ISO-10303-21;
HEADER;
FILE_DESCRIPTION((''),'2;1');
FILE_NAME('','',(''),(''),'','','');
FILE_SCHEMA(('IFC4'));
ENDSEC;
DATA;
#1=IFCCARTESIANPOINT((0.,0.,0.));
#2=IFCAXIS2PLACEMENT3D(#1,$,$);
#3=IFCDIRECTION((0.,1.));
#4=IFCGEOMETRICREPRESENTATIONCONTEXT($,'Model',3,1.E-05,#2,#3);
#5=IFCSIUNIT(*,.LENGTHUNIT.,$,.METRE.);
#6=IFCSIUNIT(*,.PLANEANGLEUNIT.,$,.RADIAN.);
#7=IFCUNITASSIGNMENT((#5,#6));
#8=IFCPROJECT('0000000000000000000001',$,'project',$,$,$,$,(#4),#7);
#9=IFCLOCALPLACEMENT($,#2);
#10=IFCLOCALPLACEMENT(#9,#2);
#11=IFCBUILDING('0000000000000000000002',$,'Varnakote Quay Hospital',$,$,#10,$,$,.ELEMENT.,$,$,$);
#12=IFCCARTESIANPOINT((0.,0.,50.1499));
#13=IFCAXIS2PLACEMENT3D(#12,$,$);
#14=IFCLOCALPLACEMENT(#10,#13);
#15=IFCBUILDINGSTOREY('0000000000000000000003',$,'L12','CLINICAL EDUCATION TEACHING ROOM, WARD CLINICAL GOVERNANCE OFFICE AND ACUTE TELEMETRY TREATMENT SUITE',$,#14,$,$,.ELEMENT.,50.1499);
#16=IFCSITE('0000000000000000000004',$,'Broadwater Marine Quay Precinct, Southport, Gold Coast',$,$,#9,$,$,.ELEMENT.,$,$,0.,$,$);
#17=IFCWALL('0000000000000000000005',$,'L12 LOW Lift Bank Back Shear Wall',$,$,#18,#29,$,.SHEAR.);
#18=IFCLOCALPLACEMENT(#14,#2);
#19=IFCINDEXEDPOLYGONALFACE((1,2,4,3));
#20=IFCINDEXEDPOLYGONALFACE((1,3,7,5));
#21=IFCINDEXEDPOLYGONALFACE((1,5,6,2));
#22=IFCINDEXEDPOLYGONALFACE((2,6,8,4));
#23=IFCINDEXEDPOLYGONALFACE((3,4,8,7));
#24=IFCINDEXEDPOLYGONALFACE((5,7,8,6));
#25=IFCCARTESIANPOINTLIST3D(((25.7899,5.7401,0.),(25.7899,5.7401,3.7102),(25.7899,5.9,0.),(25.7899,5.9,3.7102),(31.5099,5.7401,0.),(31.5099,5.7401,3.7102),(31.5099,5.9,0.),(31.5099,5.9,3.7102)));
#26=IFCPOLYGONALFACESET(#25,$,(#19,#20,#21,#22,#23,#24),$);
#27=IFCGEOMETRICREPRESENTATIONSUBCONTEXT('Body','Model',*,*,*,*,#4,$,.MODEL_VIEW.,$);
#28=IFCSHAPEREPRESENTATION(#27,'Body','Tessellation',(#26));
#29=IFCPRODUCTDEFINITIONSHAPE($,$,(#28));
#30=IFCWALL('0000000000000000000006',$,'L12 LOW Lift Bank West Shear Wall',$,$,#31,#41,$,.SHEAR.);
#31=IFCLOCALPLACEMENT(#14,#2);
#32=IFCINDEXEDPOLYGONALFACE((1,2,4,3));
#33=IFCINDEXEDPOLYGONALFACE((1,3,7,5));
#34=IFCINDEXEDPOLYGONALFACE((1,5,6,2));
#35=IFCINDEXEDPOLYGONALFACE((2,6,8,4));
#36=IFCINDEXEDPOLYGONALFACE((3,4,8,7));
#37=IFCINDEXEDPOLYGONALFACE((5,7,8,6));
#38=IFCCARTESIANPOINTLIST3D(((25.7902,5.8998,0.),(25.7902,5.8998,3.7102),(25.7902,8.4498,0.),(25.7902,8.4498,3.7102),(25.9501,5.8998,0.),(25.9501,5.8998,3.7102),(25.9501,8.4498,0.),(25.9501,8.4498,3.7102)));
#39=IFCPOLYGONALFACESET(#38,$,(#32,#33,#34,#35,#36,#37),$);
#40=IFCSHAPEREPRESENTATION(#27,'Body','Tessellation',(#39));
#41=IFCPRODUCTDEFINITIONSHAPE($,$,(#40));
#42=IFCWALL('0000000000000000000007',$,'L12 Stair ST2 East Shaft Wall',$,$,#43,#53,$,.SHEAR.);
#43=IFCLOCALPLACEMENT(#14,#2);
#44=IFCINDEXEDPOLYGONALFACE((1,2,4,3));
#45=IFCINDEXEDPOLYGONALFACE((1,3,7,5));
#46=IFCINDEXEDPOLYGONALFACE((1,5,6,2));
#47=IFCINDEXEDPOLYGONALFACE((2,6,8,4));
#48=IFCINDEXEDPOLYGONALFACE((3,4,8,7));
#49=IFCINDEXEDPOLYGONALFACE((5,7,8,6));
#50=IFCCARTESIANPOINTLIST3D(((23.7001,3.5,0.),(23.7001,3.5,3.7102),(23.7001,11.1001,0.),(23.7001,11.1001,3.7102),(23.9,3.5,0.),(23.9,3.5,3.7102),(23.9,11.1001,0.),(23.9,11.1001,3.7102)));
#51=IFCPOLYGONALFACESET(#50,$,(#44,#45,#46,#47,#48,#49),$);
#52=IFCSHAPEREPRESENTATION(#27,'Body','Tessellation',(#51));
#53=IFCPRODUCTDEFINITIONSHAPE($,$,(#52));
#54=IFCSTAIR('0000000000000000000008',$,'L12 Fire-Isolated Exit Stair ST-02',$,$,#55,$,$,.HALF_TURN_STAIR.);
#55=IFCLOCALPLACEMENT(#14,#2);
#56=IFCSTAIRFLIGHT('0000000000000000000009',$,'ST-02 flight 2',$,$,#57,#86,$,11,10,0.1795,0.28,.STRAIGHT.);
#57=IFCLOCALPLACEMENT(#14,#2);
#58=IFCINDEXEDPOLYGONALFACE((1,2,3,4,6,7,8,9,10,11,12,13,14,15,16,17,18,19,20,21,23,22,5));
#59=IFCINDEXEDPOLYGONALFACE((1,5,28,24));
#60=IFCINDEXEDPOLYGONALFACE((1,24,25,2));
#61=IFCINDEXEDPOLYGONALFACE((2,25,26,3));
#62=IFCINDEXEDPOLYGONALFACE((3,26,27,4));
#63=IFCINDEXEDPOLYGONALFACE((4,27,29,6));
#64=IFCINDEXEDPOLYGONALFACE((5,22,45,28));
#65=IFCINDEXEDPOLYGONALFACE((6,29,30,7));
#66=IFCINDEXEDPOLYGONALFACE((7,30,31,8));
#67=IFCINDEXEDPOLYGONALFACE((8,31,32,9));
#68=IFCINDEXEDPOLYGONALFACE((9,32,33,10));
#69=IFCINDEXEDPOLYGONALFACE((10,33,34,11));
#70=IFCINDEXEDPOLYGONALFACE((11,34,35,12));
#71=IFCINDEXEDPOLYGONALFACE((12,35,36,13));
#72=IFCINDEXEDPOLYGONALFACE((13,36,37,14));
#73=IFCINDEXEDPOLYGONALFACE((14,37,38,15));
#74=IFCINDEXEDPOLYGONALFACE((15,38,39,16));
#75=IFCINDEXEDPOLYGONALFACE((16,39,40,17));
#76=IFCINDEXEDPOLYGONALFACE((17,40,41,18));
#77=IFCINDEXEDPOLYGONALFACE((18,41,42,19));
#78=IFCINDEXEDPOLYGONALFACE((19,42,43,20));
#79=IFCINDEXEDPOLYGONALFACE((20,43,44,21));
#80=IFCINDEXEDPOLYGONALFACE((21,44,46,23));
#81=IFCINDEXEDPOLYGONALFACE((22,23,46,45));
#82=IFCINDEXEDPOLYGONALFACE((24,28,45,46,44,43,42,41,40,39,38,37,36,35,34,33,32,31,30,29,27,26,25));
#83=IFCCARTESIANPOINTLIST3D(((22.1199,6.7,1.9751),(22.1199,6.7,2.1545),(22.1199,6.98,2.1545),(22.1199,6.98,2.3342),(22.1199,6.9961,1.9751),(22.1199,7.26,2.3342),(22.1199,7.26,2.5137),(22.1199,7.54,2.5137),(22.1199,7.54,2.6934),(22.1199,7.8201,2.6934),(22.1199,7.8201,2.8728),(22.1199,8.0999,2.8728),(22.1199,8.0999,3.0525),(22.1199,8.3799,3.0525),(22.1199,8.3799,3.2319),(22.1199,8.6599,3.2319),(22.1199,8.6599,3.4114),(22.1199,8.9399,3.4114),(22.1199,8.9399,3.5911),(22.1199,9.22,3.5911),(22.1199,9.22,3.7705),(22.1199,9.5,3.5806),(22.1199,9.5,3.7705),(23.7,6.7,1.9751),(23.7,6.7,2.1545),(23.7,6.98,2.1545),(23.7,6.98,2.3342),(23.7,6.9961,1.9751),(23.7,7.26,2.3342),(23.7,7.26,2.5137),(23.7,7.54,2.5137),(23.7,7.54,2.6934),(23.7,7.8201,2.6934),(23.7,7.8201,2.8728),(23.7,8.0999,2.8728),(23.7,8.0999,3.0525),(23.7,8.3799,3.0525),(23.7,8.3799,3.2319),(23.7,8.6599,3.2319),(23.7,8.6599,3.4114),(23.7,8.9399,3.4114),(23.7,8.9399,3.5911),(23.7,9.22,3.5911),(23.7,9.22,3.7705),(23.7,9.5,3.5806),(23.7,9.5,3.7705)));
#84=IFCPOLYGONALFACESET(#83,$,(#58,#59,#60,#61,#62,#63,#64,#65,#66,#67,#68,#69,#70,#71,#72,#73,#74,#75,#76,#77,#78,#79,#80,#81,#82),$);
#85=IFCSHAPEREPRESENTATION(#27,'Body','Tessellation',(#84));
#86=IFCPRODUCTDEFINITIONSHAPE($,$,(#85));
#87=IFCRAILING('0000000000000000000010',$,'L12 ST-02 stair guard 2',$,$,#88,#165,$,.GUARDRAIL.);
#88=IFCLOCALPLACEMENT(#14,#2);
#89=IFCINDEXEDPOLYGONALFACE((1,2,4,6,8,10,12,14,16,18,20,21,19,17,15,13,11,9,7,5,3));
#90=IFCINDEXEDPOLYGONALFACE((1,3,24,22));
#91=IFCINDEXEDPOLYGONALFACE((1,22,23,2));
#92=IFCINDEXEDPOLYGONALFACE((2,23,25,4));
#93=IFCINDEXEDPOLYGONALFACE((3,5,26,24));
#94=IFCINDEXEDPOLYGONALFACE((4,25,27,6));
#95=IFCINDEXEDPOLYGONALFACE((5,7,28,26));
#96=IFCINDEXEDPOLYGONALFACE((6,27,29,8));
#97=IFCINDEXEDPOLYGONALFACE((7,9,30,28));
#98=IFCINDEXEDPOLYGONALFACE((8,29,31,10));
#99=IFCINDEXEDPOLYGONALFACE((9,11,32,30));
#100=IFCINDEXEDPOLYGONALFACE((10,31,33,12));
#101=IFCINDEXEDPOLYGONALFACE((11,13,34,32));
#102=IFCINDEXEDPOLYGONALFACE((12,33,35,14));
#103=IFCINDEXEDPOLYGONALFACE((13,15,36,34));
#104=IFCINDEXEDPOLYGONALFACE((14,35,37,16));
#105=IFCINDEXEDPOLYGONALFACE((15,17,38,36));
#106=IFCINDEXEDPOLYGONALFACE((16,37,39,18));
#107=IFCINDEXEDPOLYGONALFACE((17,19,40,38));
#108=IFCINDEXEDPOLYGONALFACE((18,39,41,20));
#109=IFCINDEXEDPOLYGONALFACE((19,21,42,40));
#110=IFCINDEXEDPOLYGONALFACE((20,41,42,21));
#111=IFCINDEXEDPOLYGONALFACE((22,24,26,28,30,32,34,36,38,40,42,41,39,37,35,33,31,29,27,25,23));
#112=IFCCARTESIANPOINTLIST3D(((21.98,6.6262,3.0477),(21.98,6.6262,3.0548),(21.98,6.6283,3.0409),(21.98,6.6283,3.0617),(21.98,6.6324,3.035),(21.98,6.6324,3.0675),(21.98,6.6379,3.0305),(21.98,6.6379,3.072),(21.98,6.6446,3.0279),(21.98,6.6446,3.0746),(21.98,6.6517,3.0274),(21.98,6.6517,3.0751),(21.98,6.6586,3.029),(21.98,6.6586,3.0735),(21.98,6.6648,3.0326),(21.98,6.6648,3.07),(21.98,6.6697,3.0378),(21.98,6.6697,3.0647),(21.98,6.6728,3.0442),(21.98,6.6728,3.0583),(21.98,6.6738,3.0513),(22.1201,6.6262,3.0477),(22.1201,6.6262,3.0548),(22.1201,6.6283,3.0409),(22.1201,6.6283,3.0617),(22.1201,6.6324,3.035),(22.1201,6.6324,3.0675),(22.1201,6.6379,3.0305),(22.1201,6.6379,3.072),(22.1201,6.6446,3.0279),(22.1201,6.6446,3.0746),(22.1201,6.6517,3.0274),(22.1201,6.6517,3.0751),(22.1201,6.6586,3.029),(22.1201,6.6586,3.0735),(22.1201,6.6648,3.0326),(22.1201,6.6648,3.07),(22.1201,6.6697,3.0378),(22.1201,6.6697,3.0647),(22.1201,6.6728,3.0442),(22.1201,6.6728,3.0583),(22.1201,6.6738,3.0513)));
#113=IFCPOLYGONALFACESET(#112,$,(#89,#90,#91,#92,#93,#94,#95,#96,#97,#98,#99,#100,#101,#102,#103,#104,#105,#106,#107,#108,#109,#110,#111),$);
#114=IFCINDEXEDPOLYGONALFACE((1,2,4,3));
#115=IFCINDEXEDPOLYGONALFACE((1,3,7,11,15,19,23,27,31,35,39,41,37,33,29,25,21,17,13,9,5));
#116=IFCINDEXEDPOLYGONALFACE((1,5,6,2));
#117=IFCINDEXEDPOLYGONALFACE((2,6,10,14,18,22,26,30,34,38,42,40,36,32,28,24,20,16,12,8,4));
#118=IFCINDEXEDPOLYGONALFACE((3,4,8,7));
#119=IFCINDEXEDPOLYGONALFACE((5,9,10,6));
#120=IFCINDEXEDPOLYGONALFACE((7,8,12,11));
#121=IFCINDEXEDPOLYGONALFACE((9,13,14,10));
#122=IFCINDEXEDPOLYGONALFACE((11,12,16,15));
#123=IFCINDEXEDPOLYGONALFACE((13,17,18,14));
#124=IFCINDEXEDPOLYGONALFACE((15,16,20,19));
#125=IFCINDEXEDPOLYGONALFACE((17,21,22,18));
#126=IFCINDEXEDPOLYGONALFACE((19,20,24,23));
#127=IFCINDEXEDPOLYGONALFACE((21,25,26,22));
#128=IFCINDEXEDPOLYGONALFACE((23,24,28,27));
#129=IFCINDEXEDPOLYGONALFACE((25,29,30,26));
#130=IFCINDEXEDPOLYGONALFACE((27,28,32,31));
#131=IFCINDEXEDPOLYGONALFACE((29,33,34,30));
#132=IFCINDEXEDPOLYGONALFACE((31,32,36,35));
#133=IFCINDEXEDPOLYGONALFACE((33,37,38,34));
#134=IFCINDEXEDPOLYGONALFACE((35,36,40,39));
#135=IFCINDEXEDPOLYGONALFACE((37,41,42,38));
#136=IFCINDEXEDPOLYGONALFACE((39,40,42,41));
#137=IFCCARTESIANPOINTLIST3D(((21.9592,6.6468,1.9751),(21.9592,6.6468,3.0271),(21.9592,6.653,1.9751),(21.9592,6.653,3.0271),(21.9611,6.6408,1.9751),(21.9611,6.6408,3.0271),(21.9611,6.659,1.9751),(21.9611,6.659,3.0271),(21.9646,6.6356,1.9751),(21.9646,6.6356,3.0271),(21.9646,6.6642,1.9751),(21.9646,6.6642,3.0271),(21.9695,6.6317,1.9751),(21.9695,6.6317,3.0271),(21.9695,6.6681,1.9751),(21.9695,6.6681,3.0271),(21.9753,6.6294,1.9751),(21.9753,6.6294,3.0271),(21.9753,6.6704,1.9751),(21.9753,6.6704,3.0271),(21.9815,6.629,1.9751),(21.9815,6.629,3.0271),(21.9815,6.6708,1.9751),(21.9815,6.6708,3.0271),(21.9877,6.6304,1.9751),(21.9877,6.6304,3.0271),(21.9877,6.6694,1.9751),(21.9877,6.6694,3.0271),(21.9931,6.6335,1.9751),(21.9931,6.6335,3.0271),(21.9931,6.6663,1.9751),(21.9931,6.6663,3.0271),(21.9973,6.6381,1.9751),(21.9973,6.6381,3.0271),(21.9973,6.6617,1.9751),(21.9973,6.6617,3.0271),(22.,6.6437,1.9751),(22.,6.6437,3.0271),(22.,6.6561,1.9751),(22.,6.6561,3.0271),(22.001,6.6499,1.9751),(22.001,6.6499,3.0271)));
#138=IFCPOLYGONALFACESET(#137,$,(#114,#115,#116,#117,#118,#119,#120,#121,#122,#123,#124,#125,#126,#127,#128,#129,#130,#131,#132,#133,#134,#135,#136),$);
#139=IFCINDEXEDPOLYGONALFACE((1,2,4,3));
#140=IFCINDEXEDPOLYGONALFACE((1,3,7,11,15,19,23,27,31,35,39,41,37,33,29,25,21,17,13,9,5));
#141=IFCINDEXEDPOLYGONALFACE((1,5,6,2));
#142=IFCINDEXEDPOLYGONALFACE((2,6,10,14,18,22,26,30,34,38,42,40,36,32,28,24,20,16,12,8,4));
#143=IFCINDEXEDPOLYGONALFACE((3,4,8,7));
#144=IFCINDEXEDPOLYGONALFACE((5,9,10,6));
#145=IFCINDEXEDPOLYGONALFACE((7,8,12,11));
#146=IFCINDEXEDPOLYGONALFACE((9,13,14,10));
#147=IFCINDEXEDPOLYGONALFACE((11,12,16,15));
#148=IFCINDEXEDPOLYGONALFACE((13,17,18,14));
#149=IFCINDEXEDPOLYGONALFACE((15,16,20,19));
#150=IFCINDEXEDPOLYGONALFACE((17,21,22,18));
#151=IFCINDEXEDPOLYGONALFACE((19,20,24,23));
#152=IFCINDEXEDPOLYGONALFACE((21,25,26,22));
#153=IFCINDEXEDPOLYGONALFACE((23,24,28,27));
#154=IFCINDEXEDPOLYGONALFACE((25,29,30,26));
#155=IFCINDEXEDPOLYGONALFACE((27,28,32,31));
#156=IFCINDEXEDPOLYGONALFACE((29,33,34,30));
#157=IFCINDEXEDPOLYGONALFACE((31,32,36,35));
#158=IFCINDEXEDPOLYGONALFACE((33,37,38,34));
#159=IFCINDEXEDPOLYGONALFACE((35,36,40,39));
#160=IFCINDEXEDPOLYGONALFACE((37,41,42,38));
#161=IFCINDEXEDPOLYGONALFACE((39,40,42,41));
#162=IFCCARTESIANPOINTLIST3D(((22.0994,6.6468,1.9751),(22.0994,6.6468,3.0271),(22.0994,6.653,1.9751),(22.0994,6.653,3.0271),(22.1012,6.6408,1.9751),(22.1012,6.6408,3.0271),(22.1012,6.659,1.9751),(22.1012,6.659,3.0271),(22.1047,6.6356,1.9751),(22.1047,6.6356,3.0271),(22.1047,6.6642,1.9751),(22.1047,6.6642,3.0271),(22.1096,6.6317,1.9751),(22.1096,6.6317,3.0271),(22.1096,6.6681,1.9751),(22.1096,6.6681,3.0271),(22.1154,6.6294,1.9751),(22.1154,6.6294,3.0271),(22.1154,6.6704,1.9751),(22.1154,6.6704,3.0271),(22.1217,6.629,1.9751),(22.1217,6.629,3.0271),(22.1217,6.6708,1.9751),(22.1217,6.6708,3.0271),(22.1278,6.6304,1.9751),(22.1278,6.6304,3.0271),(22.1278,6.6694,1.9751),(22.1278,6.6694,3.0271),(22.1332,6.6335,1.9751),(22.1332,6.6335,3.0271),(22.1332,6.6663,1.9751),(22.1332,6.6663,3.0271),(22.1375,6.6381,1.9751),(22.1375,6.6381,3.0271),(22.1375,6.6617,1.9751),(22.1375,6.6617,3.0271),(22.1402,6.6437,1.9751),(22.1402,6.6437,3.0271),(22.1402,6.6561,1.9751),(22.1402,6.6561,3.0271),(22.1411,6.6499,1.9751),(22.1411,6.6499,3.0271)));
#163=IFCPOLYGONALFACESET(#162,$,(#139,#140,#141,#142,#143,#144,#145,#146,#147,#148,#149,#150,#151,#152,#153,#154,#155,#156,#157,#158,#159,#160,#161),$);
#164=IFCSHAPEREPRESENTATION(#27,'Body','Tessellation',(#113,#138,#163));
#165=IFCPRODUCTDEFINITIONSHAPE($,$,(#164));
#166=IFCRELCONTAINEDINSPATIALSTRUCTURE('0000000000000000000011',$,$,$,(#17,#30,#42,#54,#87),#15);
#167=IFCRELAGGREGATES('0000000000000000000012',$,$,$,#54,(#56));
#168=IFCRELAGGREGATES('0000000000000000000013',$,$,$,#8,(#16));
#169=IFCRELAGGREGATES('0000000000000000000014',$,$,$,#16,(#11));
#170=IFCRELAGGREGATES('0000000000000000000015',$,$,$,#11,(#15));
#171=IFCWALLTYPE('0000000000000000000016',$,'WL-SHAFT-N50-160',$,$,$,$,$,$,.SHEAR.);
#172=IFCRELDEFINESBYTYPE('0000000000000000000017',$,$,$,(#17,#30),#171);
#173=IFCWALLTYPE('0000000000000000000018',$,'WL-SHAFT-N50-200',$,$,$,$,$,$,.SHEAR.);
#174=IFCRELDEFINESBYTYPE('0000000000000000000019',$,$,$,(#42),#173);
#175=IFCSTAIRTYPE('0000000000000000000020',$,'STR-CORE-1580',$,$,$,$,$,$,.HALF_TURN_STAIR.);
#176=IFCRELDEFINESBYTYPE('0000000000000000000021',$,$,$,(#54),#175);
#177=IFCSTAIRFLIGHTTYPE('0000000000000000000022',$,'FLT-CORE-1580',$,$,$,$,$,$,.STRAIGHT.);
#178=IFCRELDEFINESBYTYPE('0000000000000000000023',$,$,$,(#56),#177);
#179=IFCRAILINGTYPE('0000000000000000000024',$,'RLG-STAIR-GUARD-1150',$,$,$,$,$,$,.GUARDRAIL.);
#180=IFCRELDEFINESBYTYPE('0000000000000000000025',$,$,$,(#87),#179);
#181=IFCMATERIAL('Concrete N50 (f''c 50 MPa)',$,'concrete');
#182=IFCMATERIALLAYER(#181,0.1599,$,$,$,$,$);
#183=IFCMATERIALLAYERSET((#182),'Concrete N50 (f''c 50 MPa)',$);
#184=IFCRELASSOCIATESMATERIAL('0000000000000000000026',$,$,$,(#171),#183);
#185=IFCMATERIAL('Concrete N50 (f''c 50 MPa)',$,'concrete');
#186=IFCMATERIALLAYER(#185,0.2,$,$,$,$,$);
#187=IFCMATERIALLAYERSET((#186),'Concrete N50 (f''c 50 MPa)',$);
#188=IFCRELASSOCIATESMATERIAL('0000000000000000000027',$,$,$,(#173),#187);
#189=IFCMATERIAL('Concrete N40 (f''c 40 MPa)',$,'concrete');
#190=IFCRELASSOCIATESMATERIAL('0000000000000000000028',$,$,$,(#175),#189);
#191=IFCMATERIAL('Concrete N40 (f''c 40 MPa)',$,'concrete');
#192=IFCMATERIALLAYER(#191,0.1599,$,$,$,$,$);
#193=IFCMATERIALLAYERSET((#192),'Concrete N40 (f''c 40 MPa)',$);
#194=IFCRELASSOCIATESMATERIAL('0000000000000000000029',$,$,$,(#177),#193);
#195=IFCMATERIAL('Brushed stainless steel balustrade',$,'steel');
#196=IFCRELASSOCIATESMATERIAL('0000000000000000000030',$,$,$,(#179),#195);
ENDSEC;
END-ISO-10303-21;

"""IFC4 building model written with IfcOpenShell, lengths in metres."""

from ifc_helpers import new_model, si_unit, direction, frame, frame_2d, origin, origin_2d, place, context, subcontext, project, spatial, polyline, rectangle, circle, outline, extrude, material, layer, layer_set, type_object, element, aggregate, save


model = new_model("IFC4")

# Units and contexts
model_context = context("Model", 3, precision=1e-05, world=origin(), true_north=direction((0.0, 1.0)))
body_context = subcontext(model_context, "Body", "Model", "MODEL_VIEW")
ifc_project = project(units=[si_unit("LENGTHUNIT", "METRE"), si_unit("PLANEANGLEUNIT", "RADIAN")], contexts=[model_context])

# Site, building, storey
site_placement = place(None, origin())
site = spatial("IfcSite", under=ifc_project, at=site_placement, Name="Broadwater Marine Quay Precinct, Southport, Gold Coast", CompositionType="ELEMENT", RefElevation=0.0)
building_placement = place(site_placement, origin())
building = spatial("IfcBuilding", under=site, at=building_placement, Name="Varnakote Quay Hospital", CompositionType="ELEMENT")
storey_placement = place(building_placement, frame((0.0, 0.0, 50.1499)))
storey = spatial("IfcBuildingStorey", under=building, at=storey_placement, Name="L12", Description="CLINICAL EDUCATION TEACHING ROOM, WARD CLINICAL GOVERNANCE OFFICE AND ACUTE TELEMETRY TREATMENT SUITE", CompositionType="ELEMENT", Elevation=50.1499)

# Walls
ifc_material_1 = material(Name="Concrete N50 (f'c 50 MPa)", Category="concrete")
ifc_layer_1 = layer(ifc_material_1, 0.1599)
ifc_layer_set_1 = layer_set([ifc_layer_1], Name="Concrete N50 (f'c 50 MPa)")
wall_type_1 = type_object("IfcWallType", Name="WL-SHAFT-N50-160", PredefinedType="SHEAR", material=ifc_layer_set_1)
wall_1_placement = place(storey_placement, frame((25.79, 5.8201, 0.0), z_axis=(0.0, 0.0, 1.0), x_axis=(1.0, 0.0, 0.0)))
element("IfcWall", 1, at=wall_1_placement, inside=storey, type_object=wall_type_1, Name="L12 LOW Lift Bank Back Shear Wall", PredefinedType="SHEAR", context=body_context, shape_type="SweptSolid", body=[
    extrude(rectangle(XDim=5.72, YDim=0.1599, at=frame_2d((2.8599, 0.0))), origin(), (0.0, 0.0, 1.0), 3.7102),
])
wall_2_placement = place(storey_placement, frame((25.8701, 5.8999, 0.0), z_axis=(0.0, 0.0, 1.0), x_axis=(0.0, 1.0, 0.0)))
element("IfcWall", 2, at=wall_2_placement, inside=storey, type_object=wall_type_1, Name="L12 LOW Lift Bank West Shear Wall", PredefinedType="SHEAR", context=body_context, shape_type="SweptSolid", body=[
    extrude(rectangle(XDim=2.55, YDim=0.1599, at=frame_2d((1.2749, 0.0))), origin(), (0.0, 0.0, 1.0), 3.7102),
])

# Wall
ifc_material_2 = material(Name="Concrete N50 (f'c 50 MPa)", Category="concrete")
ifc_layer_2 = layer(ifc_material_2, 0.2)
ifc_layer_set_2 = layer_set([ifc_layer_2], Name="Concrete N50 (f'c 50 MPa)")
wall_type_2 = type_object("IfcWallType", Name="WL-SHAFT-N50-200", PredefinedType="SHEAR", material=ifc_layer_set_2)
wall_3_placement = place(storey_placement, frame((23.8, 3.5, 0.0), z_axis=(0.0, 0.0, 1.0), x_axis=(0.0, 1.0, 0.0)))
element("IfcWall", 3, at=wall_3_placement, inside=storey, type_object=wall_type_2, Name="L12 Stair ST2 East Shaft Wall", PredefinedType="SHEAR", context=body_context, shape_type="SweptSolid", body=[
    extrude(rectangle(XDim=7.6001, YDim=0.2, at=frame_2d((3.8, 0.0))), origin(), (0.0, 0.0, 1.0), 3.7102),
])

# Stair, stair flight
ifc_material_3 = material(Name="Concrete N40 (f'c 40 MPa)", Category="concrete")
stair_type = type_object("IfcStairType", Name="STR-CORE-1580", PredefinedType="HALF_TURN_STAIR", material=ifc_material_3)
stair_placement = place(storey_placement, origin())
stair = element("IfcStair", 4, at=stair_placement, inside=storey, type_object=stair_type, Name="L12 Fire-Isolated Exit Stair ST-02", PredefinedType="HALF_TURN_STAIR")
ifc_material_4 = material(Name="Concrete N40 (f'c 40 MPa)", Category="concrete")
ifc_layer_3 = layer(ifc_material_4, 0.1599)
ifc_layer_set_3 = layer_set([ifc_layer_3], Name="Concrete N40 (f'c 40 MPa)")
stair_flight_type = type_object("IfcStairFlightType", Name="FLT-CORE-1580", PredefinedType="STRAIGHT", material=ifc_layer_set_3)
stair_flight_placement = place(storey_placement, frame((22.9099, 6.7, 1.9751), z_axis=(0.0, 0.0, 1.0), x_axis=(0.0, 1.0, 0.0)))
stair_flight = element("IfcStairFlight", 5, at=stair_flight_placement, type_object=stair_flight_type, Name="ST-02 flight 2", NumberOfRisers=11, NumberOfTreads=10, PredefinedType="STRAIGHT", RiserHeight=0.1795, TreadLength=0.28, context=body_context, shape_type="SweptSolid", body=[
    extrude(outline(polyline([(0.0, 0.0), (0.0, 0.1794), (0.28, 0.1794), (0.28, 0.3591), (0.5601, 0.3591), (0.5601, 0.5386), (0.8401, 0.5386), (0.8401, 0.7183), (1.1201, 0.7183), (1.1201, 0.8977), (1.3999, 0.8977), (1.3999, 1.0774), (1.6799, 1.0774), (1.6799, 1.2568), (1.96, 1.2568), (1.96, 1.4363), (2.24, 1.4363), (2.24, 1.616), (2.52, 1.616), (2.52, 1.7954), (2.8, 1.7954), (2.8, 1.9751), (2.8, 1.6055), (0.2961, 0.0), (0.0, 0.0)])), frame((0.0, 0.79, 0.0), z_axis=(0.0, -1.0, 0.0), x_axis=(1.0, 0.0, 0.0)), (0.0, 0.0, 1.0), 1.5801),
])
aggregate(stair, [stair_flight])

# Railing
ifc_material_5 = material(Name="Brushed stainless steel balustrade", Category="steel")
railing_type_1 = type_object("IfcRailingType", Name="RLG-STAIR-GUARD-1150", PredefinedType="GUARDRAIL", material=ifc_material_5)
railing_1_placement = place(storey_placement, frame((21.98, 6.6499, 1.9751)))
element("IfcRailing", 6, at=railing_1_placement, inside=storey, type_object=railing_type_1, Name="L12 ST-02 stair guard 2", PredefinedType="GUARDRAIL", context=body_context, shape_type="SweptSolid", body=[
    extrude(circle(Radius=0.0239, at=origin_2d()), frame((0.0, 0.0, 1.0762), z_axis=(1.0, 0.0, 0.0), x_axis=(0.0, 1.0, 0.0)), (0.0, 0.0, 1.0), 0.1401),
    extrude(circle(Radius=0.021, at=origin_2d()), origin(), (0.0, 0.0, 1.0), 1.052),
    extrude(circle(Radius=0.021, at=origin_2d()), frame((0.1401, 0.0, 0.0)), (0.0, 0.0, 1.0), 1.052),
])

save(model, "model.ifc")
